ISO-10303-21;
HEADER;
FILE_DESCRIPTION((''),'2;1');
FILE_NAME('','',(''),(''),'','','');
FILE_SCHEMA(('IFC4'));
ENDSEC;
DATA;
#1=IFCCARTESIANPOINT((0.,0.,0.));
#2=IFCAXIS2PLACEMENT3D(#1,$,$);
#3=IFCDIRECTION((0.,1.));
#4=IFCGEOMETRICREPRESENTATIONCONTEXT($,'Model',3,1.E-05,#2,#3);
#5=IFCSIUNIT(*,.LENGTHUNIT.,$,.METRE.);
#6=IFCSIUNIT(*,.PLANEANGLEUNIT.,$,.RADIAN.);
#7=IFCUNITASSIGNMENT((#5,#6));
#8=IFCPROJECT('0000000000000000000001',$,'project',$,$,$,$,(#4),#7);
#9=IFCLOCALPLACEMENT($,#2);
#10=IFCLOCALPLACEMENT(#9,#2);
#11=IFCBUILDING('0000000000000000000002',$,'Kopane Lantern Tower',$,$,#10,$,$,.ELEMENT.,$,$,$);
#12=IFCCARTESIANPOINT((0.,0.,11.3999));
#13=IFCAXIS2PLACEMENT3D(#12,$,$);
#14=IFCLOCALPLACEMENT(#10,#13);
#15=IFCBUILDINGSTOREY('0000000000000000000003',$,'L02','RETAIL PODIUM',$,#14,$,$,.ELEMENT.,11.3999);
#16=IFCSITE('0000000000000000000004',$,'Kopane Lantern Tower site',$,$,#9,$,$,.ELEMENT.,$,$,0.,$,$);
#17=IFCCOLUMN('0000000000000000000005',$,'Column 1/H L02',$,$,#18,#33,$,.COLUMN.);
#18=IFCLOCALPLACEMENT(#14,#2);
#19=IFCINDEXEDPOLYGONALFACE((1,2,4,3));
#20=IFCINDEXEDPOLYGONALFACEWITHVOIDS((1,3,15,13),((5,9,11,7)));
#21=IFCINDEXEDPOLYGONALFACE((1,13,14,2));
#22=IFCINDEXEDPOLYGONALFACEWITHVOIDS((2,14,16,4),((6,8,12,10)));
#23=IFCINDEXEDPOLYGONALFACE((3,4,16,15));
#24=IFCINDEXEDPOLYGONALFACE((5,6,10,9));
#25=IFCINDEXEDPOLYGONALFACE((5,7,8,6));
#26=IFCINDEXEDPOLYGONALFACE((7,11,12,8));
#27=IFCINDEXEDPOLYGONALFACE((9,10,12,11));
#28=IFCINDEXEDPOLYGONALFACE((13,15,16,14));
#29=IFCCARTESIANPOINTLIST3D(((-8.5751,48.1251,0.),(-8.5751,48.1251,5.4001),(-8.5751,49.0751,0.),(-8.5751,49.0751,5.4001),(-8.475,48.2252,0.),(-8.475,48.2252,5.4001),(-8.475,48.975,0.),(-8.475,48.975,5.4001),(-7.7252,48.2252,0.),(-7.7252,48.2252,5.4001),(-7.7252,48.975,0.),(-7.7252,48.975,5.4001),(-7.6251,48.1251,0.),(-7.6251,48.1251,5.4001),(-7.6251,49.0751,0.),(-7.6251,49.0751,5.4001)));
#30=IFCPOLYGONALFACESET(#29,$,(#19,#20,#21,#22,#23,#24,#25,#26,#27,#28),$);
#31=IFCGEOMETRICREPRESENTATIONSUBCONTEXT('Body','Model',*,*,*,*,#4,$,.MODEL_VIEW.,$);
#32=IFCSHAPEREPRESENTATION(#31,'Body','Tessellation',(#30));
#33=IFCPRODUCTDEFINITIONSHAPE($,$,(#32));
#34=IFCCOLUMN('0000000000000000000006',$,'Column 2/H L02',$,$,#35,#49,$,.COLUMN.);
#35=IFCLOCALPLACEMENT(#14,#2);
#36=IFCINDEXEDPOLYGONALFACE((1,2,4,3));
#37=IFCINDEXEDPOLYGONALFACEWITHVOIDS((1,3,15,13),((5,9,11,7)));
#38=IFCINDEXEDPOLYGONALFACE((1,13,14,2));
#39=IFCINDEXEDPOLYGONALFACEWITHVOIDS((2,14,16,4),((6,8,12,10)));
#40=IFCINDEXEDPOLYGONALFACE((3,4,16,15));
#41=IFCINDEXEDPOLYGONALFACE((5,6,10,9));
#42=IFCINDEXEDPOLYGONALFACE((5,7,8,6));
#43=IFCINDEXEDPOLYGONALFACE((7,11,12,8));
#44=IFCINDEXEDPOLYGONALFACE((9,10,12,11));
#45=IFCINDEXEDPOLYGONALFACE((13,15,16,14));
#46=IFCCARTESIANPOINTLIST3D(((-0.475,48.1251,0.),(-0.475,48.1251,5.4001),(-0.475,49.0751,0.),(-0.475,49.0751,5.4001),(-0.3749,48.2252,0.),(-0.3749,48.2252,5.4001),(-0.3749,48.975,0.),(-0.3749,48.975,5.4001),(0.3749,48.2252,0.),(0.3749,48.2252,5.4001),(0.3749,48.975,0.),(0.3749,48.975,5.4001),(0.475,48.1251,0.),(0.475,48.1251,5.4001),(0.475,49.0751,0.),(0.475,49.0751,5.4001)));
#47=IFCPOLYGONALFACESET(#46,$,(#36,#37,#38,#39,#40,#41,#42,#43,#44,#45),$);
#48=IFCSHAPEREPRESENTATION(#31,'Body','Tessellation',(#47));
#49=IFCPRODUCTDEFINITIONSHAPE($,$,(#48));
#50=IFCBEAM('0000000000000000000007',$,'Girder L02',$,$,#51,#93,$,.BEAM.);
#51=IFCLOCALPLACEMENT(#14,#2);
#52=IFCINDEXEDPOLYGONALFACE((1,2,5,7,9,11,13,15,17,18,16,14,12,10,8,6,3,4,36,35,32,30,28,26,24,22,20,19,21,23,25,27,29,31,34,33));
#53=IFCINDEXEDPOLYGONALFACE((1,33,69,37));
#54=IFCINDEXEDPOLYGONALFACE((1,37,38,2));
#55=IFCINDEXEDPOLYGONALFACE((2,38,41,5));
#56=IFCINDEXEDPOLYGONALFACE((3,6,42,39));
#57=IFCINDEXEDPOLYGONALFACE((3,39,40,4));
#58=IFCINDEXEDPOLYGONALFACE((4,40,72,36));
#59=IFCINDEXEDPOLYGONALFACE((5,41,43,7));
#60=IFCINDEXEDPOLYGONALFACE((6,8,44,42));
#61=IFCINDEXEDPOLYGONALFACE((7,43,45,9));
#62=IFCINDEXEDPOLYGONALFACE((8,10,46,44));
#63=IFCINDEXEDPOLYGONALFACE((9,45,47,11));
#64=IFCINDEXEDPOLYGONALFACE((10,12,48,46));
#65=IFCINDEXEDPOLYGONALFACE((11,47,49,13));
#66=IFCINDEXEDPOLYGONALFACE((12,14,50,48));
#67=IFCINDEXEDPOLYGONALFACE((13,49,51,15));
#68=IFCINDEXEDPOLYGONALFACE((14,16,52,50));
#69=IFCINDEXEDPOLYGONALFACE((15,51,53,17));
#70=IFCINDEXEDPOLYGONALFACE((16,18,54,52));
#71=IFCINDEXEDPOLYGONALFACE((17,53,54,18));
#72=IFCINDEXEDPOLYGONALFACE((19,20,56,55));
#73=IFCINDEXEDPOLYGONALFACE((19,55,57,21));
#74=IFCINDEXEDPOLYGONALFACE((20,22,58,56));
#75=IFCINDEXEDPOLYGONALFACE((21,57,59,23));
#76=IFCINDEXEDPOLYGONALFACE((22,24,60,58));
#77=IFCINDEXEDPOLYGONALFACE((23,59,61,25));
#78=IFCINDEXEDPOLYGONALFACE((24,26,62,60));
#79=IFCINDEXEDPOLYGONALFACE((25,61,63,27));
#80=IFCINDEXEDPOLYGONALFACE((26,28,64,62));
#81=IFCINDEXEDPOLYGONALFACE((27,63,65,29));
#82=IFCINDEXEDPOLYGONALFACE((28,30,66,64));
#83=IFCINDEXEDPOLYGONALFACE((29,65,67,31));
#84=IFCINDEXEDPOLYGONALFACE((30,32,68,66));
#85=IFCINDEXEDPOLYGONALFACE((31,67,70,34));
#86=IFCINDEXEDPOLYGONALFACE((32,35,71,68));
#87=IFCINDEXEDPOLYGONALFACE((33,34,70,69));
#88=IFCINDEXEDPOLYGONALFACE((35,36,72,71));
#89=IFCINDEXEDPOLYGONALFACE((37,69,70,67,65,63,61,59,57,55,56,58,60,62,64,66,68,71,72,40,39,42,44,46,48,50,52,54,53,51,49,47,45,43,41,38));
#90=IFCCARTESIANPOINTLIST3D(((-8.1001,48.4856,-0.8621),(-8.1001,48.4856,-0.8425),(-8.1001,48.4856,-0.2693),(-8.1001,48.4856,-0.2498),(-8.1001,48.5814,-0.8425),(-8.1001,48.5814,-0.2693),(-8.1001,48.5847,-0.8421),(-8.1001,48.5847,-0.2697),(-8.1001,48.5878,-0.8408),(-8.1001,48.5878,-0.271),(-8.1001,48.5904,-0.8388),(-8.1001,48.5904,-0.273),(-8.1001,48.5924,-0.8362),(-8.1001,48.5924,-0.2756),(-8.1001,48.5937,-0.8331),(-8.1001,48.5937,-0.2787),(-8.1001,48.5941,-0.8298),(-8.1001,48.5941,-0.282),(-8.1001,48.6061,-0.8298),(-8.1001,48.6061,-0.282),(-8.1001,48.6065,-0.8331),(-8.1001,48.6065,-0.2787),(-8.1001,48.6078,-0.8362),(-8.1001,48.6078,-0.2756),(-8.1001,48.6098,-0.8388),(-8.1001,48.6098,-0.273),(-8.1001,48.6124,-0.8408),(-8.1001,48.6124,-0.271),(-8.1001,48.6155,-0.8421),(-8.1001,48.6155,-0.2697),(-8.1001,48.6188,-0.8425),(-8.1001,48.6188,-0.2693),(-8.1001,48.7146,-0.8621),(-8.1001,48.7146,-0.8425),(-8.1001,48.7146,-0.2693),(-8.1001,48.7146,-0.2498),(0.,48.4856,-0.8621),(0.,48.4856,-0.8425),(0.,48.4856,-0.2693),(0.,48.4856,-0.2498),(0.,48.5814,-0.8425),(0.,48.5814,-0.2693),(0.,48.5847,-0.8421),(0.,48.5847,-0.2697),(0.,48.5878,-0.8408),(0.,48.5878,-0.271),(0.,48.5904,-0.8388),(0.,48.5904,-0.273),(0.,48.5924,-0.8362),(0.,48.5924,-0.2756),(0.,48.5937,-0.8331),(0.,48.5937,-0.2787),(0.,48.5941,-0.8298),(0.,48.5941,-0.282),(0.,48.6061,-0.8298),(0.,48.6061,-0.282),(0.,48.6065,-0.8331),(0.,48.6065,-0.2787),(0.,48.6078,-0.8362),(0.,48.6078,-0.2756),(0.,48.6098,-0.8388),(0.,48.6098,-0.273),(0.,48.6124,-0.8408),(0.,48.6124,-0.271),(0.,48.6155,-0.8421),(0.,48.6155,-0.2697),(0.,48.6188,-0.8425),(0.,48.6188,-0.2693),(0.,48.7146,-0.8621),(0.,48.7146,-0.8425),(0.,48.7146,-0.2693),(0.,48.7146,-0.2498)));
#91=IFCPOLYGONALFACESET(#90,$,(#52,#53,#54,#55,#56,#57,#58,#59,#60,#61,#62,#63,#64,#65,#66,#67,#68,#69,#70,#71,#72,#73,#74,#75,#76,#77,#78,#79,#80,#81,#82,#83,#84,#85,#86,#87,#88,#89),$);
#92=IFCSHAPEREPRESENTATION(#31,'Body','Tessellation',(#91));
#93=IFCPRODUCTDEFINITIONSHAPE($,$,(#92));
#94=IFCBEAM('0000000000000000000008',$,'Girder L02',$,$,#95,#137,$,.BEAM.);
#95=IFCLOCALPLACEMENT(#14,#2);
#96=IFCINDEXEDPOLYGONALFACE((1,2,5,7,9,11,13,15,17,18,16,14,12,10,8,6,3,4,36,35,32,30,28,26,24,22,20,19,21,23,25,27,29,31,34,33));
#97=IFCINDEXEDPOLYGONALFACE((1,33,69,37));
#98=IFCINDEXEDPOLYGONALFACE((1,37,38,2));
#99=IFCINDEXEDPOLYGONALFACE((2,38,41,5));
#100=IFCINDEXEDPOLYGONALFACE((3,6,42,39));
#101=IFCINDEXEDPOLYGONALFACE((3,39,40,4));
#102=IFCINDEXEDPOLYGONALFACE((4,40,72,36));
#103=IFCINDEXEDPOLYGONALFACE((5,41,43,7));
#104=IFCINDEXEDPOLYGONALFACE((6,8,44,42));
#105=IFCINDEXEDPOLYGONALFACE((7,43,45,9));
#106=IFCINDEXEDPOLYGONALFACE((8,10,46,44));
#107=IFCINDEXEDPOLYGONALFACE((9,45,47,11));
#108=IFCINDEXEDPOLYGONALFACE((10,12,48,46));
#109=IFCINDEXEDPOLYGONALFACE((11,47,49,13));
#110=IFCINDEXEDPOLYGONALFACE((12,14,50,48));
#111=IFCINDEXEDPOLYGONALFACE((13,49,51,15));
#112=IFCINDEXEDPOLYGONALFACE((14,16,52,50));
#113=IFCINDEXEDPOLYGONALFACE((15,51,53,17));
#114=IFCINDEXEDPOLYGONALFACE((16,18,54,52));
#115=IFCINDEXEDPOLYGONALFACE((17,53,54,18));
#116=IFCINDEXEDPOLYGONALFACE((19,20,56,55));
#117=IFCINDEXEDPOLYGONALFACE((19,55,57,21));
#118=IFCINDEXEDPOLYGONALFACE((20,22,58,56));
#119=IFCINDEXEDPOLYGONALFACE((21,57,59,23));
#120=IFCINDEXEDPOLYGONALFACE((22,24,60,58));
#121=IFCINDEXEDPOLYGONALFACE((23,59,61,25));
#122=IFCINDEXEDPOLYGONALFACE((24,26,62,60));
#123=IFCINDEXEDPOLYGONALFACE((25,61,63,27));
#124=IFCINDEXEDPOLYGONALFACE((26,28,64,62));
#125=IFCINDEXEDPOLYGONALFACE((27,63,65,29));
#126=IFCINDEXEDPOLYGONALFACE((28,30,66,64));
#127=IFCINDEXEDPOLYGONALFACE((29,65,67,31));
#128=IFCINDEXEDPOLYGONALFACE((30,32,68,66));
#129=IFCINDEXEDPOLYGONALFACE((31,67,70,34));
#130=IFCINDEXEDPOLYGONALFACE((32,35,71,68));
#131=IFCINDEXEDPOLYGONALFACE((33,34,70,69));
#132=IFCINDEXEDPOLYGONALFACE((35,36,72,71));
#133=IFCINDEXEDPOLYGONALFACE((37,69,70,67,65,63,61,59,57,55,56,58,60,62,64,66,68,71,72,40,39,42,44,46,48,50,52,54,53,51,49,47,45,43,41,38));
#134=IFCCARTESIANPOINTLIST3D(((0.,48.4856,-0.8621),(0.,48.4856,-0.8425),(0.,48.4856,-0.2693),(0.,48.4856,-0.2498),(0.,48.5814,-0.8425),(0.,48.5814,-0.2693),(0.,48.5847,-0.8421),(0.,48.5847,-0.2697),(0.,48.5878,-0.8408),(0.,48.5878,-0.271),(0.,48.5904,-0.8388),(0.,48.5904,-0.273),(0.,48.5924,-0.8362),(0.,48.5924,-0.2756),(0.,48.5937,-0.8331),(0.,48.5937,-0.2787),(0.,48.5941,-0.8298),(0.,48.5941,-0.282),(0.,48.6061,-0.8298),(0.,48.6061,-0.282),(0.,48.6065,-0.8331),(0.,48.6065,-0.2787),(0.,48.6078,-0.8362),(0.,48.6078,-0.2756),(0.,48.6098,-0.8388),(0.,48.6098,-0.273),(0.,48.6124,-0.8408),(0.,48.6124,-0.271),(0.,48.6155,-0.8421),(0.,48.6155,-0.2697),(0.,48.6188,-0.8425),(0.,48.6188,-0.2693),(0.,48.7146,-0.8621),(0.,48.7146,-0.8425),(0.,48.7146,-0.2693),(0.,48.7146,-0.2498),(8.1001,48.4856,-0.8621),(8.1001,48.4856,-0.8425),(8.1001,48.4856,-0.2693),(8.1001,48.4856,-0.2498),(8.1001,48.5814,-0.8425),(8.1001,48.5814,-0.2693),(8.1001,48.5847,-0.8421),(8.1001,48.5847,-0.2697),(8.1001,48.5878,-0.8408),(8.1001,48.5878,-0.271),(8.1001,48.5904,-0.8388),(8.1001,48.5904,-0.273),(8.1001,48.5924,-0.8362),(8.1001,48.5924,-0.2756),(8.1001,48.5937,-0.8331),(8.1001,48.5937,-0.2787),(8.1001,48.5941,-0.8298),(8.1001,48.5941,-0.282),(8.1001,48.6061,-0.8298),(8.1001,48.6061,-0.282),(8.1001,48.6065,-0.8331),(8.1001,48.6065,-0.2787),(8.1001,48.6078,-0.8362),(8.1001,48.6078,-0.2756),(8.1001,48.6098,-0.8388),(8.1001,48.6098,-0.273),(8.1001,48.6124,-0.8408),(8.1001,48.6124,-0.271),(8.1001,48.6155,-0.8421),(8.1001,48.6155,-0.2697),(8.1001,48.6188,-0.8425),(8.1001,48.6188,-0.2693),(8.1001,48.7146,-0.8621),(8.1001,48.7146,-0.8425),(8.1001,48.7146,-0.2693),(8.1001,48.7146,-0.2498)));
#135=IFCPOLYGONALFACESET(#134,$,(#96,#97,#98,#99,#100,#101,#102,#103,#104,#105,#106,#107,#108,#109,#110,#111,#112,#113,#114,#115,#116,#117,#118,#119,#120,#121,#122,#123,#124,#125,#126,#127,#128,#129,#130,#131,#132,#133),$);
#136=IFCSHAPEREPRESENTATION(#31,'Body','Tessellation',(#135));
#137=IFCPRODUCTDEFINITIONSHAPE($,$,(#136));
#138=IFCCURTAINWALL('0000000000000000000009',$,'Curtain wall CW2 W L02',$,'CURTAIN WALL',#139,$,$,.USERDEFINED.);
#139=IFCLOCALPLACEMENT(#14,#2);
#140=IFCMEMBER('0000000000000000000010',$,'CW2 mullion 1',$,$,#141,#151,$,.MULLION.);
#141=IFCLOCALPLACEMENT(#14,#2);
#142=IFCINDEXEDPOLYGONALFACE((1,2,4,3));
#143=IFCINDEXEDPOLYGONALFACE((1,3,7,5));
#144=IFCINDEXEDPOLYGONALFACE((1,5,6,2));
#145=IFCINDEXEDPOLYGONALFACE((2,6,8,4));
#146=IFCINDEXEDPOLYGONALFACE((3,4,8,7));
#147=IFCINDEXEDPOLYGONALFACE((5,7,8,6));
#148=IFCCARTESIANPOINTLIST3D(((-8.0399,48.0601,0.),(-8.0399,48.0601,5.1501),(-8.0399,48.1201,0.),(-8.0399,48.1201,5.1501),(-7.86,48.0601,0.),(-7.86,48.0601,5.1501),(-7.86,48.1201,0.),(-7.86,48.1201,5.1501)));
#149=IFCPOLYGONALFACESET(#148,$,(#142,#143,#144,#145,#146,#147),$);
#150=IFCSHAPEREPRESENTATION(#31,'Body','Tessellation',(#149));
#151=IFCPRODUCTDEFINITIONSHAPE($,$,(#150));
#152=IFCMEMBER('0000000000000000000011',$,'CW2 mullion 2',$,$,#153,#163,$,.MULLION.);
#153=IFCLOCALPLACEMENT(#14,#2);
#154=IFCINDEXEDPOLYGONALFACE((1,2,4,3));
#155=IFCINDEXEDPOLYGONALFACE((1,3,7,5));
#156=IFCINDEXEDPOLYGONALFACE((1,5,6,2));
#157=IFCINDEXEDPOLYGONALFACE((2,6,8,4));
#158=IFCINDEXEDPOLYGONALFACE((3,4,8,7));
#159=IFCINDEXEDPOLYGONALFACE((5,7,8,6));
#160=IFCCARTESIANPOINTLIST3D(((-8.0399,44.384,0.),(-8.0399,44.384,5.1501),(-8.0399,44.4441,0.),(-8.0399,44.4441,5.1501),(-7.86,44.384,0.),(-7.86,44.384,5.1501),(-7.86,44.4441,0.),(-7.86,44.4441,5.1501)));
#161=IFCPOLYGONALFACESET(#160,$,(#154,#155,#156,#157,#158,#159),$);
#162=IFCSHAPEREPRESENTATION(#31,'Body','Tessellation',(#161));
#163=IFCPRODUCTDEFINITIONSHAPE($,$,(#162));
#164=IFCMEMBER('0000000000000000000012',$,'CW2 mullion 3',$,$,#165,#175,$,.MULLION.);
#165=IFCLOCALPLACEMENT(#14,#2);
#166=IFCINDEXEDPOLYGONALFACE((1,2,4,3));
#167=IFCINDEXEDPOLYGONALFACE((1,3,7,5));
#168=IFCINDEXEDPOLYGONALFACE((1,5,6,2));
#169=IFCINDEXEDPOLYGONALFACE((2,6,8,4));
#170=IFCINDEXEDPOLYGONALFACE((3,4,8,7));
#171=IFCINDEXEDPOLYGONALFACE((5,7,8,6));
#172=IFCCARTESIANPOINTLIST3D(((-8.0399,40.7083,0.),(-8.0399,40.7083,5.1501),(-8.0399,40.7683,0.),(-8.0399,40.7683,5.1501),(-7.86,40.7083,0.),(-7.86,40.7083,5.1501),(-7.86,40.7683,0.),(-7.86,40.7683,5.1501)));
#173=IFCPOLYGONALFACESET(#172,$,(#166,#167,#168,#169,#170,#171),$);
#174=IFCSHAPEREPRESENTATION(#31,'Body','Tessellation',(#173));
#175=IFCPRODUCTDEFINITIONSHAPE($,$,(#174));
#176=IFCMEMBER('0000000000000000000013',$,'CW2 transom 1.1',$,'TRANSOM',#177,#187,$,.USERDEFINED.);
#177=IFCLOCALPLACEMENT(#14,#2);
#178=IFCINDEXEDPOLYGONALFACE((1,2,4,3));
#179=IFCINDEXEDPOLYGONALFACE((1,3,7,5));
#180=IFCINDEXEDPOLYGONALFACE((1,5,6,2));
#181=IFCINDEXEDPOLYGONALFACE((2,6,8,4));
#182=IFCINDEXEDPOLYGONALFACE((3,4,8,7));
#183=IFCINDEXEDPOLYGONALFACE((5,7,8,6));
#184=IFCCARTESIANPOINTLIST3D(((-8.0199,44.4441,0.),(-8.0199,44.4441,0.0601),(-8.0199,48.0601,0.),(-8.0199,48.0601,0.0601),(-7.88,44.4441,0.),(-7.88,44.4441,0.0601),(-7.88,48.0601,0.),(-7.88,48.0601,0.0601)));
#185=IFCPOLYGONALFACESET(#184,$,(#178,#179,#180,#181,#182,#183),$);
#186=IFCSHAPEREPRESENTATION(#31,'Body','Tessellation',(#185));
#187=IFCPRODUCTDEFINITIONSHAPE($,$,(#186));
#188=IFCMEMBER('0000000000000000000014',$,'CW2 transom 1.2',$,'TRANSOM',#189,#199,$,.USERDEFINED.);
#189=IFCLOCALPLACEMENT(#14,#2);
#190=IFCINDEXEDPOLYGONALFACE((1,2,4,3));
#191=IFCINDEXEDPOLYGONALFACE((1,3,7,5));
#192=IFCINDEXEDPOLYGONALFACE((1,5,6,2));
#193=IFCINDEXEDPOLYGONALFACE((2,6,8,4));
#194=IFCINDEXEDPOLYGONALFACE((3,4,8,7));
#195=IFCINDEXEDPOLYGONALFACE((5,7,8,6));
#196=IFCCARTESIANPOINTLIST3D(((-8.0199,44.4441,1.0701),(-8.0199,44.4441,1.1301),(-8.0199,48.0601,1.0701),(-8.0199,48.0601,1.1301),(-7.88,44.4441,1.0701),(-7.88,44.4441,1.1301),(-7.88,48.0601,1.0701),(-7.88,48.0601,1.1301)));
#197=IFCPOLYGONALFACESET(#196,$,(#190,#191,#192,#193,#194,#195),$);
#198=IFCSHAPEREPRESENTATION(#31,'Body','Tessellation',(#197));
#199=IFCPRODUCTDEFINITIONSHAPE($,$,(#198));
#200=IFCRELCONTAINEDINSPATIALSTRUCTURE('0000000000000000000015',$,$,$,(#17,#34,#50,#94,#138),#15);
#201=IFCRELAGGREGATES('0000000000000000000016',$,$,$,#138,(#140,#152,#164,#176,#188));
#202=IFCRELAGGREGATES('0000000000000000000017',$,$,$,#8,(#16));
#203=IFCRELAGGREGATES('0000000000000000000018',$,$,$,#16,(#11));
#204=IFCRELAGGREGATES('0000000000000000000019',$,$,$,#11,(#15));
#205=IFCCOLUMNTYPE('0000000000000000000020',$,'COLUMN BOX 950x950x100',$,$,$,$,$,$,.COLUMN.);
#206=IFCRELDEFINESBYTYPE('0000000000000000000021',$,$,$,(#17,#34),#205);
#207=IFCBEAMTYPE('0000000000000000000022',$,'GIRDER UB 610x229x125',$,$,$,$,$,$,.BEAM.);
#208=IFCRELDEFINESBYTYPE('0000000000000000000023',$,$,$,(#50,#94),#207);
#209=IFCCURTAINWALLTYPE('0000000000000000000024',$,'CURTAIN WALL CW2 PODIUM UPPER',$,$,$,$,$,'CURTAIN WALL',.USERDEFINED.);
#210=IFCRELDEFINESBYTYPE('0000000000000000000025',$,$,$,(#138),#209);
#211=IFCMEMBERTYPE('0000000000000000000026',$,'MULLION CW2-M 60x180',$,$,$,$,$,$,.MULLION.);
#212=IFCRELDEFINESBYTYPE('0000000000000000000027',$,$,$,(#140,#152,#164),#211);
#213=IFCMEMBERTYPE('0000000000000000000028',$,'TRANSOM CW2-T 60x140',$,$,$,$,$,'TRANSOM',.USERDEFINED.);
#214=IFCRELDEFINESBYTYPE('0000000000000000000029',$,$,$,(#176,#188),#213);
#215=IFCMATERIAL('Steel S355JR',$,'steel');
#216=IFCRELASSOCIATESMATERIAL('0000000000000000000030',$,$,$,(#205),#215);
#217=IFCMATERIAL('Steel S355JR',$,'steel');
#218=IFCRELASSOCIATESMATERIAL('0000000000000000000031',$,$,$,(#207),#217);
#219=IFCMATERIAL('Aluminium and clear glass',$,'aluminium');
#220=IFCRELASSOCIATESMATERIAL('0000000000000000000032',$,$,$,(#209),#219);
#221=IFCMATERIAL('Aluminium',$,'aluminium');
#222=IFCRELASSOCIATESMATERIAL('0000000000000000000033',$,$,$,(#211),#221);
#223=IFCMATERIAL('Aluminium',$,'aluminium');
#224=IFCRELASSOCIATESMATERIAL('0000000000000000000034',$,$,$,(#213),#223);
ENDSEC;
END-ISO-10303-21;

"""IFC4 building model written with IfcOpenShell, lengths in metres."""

from ifc_helpers import new_model, si_unit, direction, frame, origin, origin_2d, place, context, subcontext, project, spatial, rectangle, hollow_rectangle, i_section, extrude, material, material_profile, profile_set, type_object, element, aggregate, save


model = new_model("IFC4")

# Units and contexts
model_context = context("Model", 3, precision=1e-05, world=origin(), true_north=direction((0.0, 1.0)))
body_context = subcontext(model_context, "Body", "Model", "MODEL_VIEW")
ifc_project = project(units=[si_unit("LENGTHUNIT", "METRE"), si_unit("PLANEANGLEUNIT", "RADIAN")], contexts=[model_context])

# Site, building, storey
site_placement = place(None, origin())
site = spatial("IfcSite", under=ifc_project, at=site_placement, Name="Kopane Lantern Tower site", CompositionType="ELEMENT", RefElevation=0.0)
building_placement = place(site_placement, origin())
building = spatial("IfcBuilding", under=site, at=building_placement, Name="Kopane Lantern Tower", CompositionType="ELEMENT")
storey_placement = place(building_placement, frame((0.0, 0.0, 11.3999)))
storey = spatial("IfcBuildingStorey", under=building, at=storey_placement, Name="L02", Description="RETAIL PODIUM", CompositionType="ELEMENT", Elevation=11.3999)

# Columns
ifc_material_1 = material(Name="Steel S355JR", Category="steel")
ifc_material_profile_1 = material_profile(ifc_material_1, hollow_rectangle(XDim=0.95, YDim=0.95, WallThickness=0.1001, at=origin_2d()), Name="BOX 950x950x100")
ifc_profile_set_1 = profile_set([ifc_material_profile_1], Name="Steel S355JR")
column_type = type_object("IfcColumnType", Name="COLUMN BOX 950x950x100", PredefinedType="COLUMN", material=ifc_profile_set_1)
for number, where, z_axis, x_axis, name in (
    (1, (-8.1001, 48.6001, 0.0), (0.0, 0.0, 1.0), (1.0, 0.0, 0.0), "Column 1/H L02"),
    (2, (0.0, 48.6001, 0.0), (0.0, 0.0, 1.0), (1.0, 0.0, 0.0), "Column 2/H L02"),
):
    element("IfcColumn", number, at=place(storey_placement, frame(where, z_axis=z_axis, x_axis=x_axis)), inside=storey, type_object=column_type, Name=name, PredefinedType="COLUMN", context=body_context, shape_type="SweptSolid", body=[
        extrude(hollow_rectangle(XDim=0.95, YDim=0.95, WallThickness=0.1001, at=origin_2d()), origin(), (0.0, 0.0, 1.0), 5.4001),
    ])

# Beams
ifc_material_2 = material(Name="Steel S355JR", Category="steel")
ifc_material_profile_2 = material_profile(ifc_material_2, i_section(OverallWidth=0.229, OverallDepth=0.6123, WebThickness=0.012, FlangeThickness=0.0195, FilletRadius=0.0127, at=origin_2d()), Name="UB 610x229x125")
ifc_profile_set_2 = profile_set([ifc_material_profile_2], Name="Steel S355JR")
beam_type = type_object("IfcBeamType", Name="GIRDER UB 610x229x125", PredefinedType="BEAM", material=ifc_profile_set_2)
for number, where, z_axis, x_axis, name in (
    (3, (-8.1001, 48.6001, -0.5559), (1.0, 0.0, 0.0), (0.0, 1.0, 0.0), "Girder L02"),
    (4, (0.0, 48.6001, -0.5559), (1.0, 0.0, 0.0), (0.0, 1.0, 0.0), "Girder L02"),
):
    element("IfcBeam", number, at=place(storey_placement, frame(where, z_axis=z_axis, x_axis=x_axis)), inside=storey, type_object=beam_type, Name=name, PredefinedType="BEAM", context=body_context, shape_type="SweptSolid", body=[
        extrude(i_section(OverallWidth=0.229, OverallDepth=0.6123, WebThickness=0.012, FlangeThickness=0.0195, FilletRadius=0.0127, at=origin_2d()), origin(), (0.0, 0.0, 1.0), 8.1001),
    ])

# Curtain wall, members
ifc_material_3 = material(Name="Aluminium and clear glass", Category="aluminium")
curtain_wall_type = type_object("IfcCurtainWallType", Name="CURTAIN WALL CW2 PODIUM UPPER", ElementType="CURTAIN WALL", PredefinedType="USERDEFINED", material=ifc_material_3)
curtain_wall_placement = place(storey_placement, origin())
curtain_wall = element("IfcCurtainWall", 5, at=curtain_wall_placement, inside=storey, type_object=curtain_wall_type, Name="Curtain wall CW2 W L02", ObjectType="CURTAIN WALL", PredefinedType="USERDEFINED")
ifc_material_4 = material(Name="Aluminium", Category="aluminium")
ifc_material_profile_3 = material_profile(ifc_material_4, rectangle(XDim=0.0601, YDim=0.1799, at=origin_2d()), Name="AL 60x180")
ifc_profile_set_3 = profile_set([ifc_material_profile_3], Name="Aluminium")
member_type_1 = type_object("IfcMemberType", Name="MULLION CW2-M 60x180", PredefinedType="MULLION", material=ifc_profile_set_3)
member_1_placement = place(storey_placement, frame((-7.95, 48.0901, 0.0), z_axis=(0.0, 0.0, 1.0), x_axis=(0.0, -1.0, 0.0)))
member_1 = element("IfcMember", 6, at=member_1_placement, type_object=member_type_1, Name="CW2 mullion 1", PredefinedType="MULLION", context=body_context, shape_type="SweptSolid", body=[
    extrude(rectangle(XDim=0.0601, YDim=0.1799, at=origin_2d()), origin(), (0.0, 0.0, 1.0), 5.1501),
])
member_2_placement = place(storey_placement, frame((-7.95, 44.4141, 0.0), z_axis=(0.0, 0.0, 1.0), x_axis=(0.0, -1.0, 0.0)))
member_2 = element("IfcMember", 7, at=member_2_placement, type_object=member_type_1, Name="CW2 mullion 2", PredefinedType="MULLION", context=body_context, shape_type="SweptSolid", body=[
    extrude(rectangle(XDim=0.0601, YDim=0.1799, at=origin_2d()), origin(), (0.0, 0.0, 1.0), 5.1501),
])
member_3_placement = place(storey_placement, frame((-7.95, 40.7383, 0.0), z_axis=(0.0, 0.0, 1.0), x_axis=(0.0, -1.0, 0.0)))
member_3 = element("IfcMember", 8, at=member_3_placement, type_object=member_type_1, Name="CW2 mullion 3", PredefinedType="MULLION", context=body_context, shape_type="SweptSolid", body=[
    extrude(rectangle(XDim=0.0601, YDim=0.1799, at=origin_2d()), origin(), (0.0, 0.0, 1.0), 5.1501),
])
ifc_material_5 = material(Name="Aluminium", Category="aluminium")
ifc_material_profile_4 = material_profile(ifc_material_5, rectangle(XDim=0.1399, YDim=0.0601, at=origin_2d()), Name="AL 140x60")
ifc_profile_set_4 = profile_set([ifc_material_profile_4], Name="Aluminium")
member_type_2 = type_object("IfcMemberType", Name="TRANSOM CW2-T 60x140", ElementType="TRANSOM", PredefinedType="USERDEFINED", material=ifc_profile_set_4)
member_4_placement = place(storey_placement, frame((-7.95, 48.0601, 0.03), z_axis=(0.0, -1.0, 0.0), x_axis=(1.0, 0.0, 0.0)))
member_4 = element("IfcMember", 9, at=member_4_placement, type_object=member_type_2, Name="CW2 transom 1.1", ObjectType="TRANSOM", PredefinedType="USERDEFINED", context=body_context, shape_type="SweptSolid", body=[
    extrude(rectangle(XDim=0.1399, YDim=0.0601, at=origin_2d()), origin(), (0.0, 0.0, 1.0), 3.616),
])
member_5_placement = place(storey_placement, frame((-7.95, 48.0601, 1.1001), z_axis=(0.0, -1.0, 0.0), x_axis=(1.0, 0.0, 0.0)))
member_5 = element("IfcMember", 10, at=member_5_placement, type_object=member_type_2, Name="CW2 transom 1.2", ObjectType="TRANSOM", PredefinedType="USERDEFINED", context=body_context, shape_type="SweptSolid", body=[
    extrude(rectangle(XDim=0.1399, YDim=0.0601, at=origin_2d()), origin(), (0.0, 0.0, 1.0), 3.616),
])
aggregate(curtain_wall, [member_1, member_2, member_3, member_4, member_5])

save(model, "model.ifc")
